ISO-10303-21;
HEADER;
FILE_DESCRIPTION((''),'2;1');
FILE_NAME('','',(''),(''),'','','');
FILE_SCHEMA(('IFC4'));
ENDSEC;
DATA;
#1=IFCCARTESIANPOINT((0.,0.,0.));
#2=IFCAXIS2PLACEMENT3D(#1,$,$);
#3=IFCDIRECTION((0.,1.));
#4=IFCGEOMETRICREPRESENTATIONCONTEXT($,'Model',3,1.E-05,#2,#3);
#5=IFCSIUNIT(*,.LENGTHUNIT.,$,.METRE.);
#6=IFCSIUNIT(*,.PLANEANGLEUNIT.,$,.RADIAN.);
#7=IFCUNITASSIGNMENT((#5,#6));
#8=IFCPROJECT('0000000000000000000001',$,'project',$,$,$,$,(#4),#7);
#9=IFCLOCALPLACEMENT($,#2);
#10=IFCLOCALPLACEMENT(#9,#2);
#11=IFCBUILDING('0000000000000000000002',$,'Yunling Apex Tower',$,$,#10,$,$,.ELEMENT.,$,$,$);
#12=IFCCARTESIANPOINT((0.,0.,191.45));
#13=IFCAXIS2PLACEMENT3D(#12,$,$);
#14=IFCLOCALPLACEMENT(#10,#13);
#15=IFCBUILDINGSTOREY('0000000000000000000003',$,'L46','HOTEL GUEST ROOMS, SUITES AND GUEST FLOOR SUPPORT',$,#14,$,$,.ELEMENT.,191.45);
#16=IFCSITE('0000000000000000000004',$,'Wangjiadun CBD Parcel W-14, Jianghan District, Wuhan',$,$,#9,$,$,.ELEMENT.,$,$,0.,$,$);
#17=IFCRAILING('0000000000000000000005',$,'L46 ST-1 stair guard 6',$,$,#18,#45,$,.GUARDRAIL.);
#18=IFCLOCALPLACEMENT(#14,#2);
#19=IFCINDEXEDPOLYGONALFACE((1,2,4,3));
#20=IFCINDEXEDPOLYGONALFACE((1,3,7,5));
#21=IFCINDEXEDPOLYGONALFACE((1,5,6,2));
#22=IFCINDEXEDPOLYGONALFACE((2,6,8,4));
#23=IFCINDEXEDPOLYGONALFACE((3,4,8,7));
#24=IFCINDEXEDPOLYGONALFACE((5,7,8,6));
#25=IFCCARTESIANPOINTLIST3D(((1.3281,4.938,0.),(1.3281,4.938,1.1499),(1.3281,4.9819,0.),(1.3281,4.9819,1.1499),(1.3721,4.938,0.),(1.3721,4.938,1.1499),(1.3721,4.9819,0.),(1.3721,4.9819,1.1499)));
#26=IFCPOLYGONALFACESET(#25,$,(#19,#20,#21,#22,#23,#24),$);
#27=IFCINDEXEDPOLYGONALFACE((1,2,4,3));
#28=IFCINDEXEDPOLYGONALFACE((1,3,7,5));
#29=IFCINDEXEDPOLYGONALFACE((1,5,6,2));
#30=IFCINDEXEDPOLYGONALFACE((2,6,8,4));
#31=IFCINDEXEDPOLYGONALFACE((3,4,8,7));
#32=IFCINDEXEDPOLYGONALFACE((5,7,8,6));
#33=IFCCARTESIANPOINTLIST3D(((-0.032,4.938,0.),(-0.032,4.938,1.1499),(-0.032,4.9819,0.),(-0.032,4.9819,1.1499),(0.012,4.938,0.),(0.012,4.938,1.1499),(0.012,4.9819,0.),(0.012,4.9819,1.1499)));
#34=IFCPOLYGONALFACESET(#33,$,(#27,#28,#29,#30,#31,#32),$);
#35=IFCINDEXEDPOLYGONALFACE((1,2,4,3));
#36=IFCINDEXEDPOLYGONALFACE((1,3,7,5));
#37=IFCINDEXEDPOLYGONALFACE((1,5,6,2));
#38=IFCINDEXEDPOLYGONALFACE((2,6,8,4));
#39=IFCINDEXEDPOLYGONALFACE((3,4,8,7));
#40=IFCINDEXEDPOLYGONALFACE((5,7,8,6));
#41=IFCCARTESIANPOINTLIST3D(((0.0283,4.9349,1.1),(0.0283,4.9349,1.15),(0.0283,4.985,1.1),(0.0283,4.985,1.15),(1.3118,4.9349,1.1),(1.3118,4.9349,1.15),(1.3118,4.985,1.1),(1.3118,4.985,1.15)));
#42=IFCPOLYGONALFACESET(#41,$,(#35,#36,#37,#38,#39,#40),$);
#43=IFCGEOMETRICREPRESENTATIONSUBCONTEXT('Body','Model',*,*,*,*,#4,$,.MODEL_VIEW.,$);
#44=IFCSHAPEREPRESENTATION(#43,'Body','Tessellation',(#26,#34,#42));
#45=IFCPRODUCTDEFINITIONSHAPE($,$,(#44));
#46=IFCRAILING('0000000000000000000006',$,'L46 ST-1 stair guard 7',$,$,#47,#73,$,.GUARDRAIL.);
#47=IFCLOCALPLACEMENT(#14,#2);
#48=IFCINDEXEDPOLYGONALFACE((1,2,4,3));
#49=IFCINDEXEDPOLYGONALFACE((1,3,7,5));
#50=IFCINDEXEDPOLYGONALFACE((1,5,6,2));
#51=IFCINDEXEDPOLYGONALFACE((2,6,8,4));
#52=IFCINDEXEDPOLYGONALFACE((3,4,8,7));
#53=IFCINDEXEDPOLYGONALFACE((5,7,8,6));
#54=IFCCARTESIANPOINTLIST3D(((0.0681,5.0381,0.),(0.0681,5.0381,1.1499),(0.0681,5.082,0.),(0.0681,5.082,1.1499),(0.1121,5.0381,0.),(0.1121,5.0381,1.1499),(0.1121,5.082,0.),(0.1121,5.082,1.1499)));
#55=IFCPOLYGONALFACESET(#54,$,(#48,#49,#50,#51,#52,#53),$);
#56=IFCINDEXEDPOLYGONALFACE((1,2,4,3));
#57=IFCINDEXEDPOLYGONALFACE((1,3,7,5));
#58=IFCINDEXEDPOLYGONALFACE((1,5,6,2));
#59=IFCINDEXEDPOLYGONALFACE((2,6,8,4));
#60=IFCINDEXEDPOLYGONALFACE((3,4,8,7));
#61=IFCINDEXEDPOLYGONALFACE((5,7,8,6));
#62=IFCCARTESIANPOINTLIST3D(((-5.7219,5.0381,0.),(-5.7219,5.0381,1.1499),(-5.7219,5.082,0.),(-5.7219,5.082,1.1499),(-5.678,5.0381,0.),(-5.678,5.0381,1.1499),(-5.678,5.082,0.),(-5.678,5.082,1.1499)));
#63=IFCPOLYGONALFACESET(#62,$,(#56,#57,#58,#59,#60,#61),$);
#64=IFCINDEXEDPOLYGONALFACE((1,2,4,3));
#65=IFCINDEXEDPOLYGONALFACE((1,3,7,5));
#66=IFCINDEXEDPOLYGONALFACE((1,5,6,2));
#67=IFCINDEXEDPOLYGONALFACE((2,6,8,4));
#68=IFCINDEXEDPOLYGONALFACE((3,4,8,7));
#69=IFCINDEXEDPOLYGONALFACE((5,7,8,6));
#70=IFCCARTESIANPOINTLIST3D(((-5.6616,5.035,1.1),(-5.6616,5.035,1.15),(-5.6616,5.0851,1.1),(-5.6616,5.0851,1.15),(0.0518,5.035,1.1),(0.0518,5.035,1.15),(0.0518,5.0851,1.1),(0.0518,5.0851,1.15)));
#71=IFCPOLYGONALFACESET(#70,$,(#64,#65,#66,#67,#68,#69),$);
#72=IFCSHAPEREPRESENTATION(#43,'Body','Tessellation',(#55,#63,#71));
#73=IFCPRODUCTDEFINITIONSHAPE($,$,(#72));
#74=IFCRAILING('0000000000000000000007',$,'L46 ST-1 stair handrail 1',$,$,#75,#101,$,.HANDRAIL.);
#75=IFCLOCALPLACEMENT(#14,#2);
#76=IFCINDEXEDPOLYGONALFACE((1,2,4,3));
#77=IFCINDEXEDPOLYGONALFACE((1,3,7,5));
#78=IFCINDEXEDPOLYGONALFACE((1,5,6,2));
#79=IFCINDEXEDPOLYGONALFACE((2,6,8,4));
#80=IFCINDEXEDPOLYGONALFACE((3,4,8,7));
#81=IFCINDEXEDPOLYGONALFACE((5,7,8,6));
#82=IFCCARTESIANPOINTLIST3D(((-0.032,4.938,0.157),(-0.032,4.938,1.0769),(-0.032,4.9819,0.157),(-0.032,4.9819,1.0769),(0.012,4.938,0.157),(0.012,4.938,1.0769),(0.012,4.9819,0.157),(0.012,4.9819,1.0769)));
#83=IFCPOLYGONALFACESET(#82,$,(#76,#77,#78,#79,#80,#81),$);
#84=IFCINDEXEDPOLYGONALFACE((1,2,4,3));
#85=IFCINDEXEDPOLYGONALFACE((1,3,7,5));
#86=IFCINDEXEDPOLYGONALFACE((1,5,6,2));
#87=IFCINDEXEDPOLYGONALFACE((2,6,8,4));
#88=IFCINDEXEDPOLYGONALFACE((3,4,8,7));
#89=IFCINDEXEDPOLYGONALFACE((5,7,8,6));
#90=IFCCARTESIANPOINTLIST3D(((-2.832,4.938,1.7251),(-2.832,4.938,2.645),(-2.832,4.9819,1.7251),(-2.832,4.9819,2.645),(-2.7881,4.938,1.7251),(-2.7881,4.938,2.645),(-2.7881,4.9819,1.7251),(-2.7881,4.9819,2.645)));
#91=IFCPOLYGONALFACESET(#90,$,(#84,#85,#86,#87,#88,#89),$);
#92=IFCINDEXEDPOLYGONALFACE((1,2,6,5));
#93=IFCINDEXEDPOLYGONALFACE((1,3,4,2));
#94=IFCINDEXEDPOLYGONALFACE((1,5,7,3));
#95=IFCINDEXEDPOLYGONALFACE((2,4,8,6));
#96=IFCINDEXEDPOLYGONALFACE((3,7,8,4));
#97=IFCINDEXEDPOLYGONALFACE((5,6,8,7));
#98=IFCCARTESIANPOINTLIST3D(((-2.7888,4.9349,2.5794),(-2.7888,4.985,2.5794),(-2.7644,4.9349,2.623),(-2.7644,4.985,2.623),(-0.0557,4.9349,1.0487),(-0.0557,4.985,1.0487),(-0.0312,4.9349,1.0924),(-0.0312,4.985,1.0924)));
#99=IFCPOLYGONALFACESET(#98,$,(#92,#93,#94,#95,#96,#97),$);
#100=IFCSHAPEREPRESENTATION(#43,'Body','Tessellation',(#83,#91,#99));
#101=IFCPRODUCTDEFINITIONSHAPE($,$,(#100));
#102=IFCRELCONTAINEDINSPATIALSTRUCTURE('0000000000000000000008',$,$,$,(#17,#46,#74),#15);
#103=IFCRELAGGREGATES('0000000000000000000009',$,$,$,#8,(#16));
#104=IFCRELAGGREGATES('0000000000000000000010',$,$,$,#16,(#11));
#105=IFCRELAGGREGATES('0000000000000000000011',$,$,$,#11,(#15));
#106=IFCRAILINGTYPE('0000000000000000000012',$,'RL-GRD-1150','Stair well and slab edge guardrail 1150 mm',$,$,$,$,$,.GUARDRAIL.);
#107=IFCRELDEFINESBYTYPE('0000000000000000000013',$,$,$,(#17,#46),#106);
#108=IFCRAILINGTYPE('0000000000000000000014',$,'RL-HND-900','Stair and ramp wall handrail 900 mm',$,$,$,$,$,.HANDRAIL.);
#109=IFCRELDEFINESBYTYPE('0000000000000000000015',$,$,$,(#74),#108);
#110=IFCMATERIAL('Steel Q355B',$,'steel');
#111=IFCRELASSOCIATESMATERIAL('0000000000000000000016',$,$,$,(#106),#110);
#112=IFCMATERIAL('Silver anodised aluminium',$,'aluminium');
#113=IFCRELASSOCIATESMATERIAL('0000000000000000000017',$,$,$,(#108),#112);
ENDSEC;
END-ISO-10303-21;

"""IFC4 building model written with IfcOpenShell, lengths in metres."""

from ifc_helpers import new_model, si_unit, direction, frame, origin, origin_2d, place, context, subcontext, project, spatial, rectangle, extrude, material, type_object, element, save


model = new_model("IFC4")

# Units and contexts
model_context = context("Model", 3, precision=1e-05, world=origin(), true_north=direction((0.0, 1.0)))
body_context = subcontext(model_context, "Body", "Model", "MODEL_VIEW")
ifc_project = project(units=[si_unit("LENGTHUNIT", "METRE"), si_unit("PLANEANGLEUNIT", "RADIAN")], contexts=[model_context])

# Site, building, storey
site_placement = place(None, origin())
site = spatial("IfcSite", under=ifc_project, at=site_placement, Name="Wangjiadun CBD Parcel W-14, Jianghan District, Wuhan", CompositionType="ELEMENT", RefElevation=0.0)
building_placement = place(site_placement, origin())
building = spatial("IfcBuilding", under=site, at=building_placement, Name="Yunling Apex Tower", CompositionType="ELEMENT")
storey_placement = place(building_placement, frame((0.0, 0.0, 191.45)))
storey = spatial("IfcBuildingStorey", under=building, at=storey_placement, Name="L46", Description="HOTEL GUEST ROOMS, SUITES AND GUEST FLOOR SUPPORT", CompositionType="ELEMENT", Elevation=191.45)

# Shared definitions
ifc_material_1 = material(Name="Steel Q355B", Category="steel")

# Railings
railing_type_1 = type_object("IfcRailingType", Name="RL-GRD-1150", Description="Stair well and slab edge guardrail 1150 mm", PredefinedType="GUARDRAIL", material=ifc_material_1)
railing_1_placement = place(storey_placement, frame((1.3501, 4.96, 0.0)))
element("IfcRailing", 1, at=railing_1_placement, inside=storey, type_object=railing_type_1, Name="L46 ST-1 stair guard 6", PredefinedType="GUARDRAIL", context=body_context, shape_type="SweptSolid", body=[
    extrude(rectangle(XDim=0.0439, YDim=0.0439, at=origin_2d()), origin(), (0.0, 0.0, 1.0), 1.1499),
    extrude(rectangle(XDim=0.0439, YDim=0.0439, at=origin_2d()), frame((-1.3601, 0.0, 0.0)), (0.0, 0.0, 1.0), 1.1499),
    extrude(rectangle(XDim=0.05, YDim=0.05, at=origin_2d()), frame((-0.0383, 0.0, 1.125), z_axis=(-1.0, 0.0, 0.0), x_axis=(0.0, -1.0, 0.0)), (0.0, 0.0, 1.0), 1.2834),
])
railing_2_placement = place(storey_placement, frame((0.0901, 5.0601, 0.0)))
element("IfcRailing", 2, at=railing_2_placement, inside=storey, type_object=railing_type_1, Name="L46 ST-1 stair guard 7", PredefinedType="GUARDRAIL", context=body_context, shape_type="SweptSolid", body=[
    extrude(rectangle(XDim=0.0439, YDim=0.0439, at=origin_2d()), origin(), (0.0, 0.0, 1.0), 1.1499),
    extrude(rectangle(XDim=0.0439, YDim=0.0439, at=origin_2d()), frame((-5.79, 0.0, 0.0)), (0.0, 0.0, 1.0), 1.1499),
    extrude(rectangle(XDim=0.05, YDim=0.05, at=origin_2d()), frame((-0.0383, 0.0, 1.125), z_axis=(-1.0, 0.0, 0.0), x_axis=(0.0, -1.0, 0.0)), (0.0, 0.0, 1.0), 5.7134),
])
ifc_material_2 = material(Name="Silver anodised aluminium", Category="aluminium")
railing_type_2 = type_object("IfcRailingType", Name="RL-HND-900", Description="Stair and ramp wall handrail 900 mm", PredefinedType="HANDRAIL", material=ifc_material_2)
railing_3_placement = place(storey_placement, frame((-0.01, 4.96, 0.157)))
element("IfcRailing", 3, at=railing_3_placement, inside=storey, type_object=railing_type_2, Name="L46 ST-1 stair handrail 1", PredefinedType="HANDRAIL", context=body_context, shape_type="SweptSolid", body=[
    extrude(rectangle(XDim=0.0439, YDim=0.0439, at=origin_2d()), origin(), (0.0, 0.0, 1.0), 0.9199),
    extrude(rectangle(XDim=0.0439, YDim=0.0439, at=origin_2d()), frame((-2.8, 0.0, 1.5681)), (0.0, 0.0, 1.0), 0.9199),
    extrude(rectangle(XDim=0.05, YDim=0.05, at=origin_2d()), frame((-0.0334, 0.0, 0.9136), z_axis=(-0.872494, 0.0, 0.488624), x_axis=(0.0, -1.0, 0.0)), (0.0, 0.0, 1.0), 3.1326),
])

save(model, "model.ifc")
